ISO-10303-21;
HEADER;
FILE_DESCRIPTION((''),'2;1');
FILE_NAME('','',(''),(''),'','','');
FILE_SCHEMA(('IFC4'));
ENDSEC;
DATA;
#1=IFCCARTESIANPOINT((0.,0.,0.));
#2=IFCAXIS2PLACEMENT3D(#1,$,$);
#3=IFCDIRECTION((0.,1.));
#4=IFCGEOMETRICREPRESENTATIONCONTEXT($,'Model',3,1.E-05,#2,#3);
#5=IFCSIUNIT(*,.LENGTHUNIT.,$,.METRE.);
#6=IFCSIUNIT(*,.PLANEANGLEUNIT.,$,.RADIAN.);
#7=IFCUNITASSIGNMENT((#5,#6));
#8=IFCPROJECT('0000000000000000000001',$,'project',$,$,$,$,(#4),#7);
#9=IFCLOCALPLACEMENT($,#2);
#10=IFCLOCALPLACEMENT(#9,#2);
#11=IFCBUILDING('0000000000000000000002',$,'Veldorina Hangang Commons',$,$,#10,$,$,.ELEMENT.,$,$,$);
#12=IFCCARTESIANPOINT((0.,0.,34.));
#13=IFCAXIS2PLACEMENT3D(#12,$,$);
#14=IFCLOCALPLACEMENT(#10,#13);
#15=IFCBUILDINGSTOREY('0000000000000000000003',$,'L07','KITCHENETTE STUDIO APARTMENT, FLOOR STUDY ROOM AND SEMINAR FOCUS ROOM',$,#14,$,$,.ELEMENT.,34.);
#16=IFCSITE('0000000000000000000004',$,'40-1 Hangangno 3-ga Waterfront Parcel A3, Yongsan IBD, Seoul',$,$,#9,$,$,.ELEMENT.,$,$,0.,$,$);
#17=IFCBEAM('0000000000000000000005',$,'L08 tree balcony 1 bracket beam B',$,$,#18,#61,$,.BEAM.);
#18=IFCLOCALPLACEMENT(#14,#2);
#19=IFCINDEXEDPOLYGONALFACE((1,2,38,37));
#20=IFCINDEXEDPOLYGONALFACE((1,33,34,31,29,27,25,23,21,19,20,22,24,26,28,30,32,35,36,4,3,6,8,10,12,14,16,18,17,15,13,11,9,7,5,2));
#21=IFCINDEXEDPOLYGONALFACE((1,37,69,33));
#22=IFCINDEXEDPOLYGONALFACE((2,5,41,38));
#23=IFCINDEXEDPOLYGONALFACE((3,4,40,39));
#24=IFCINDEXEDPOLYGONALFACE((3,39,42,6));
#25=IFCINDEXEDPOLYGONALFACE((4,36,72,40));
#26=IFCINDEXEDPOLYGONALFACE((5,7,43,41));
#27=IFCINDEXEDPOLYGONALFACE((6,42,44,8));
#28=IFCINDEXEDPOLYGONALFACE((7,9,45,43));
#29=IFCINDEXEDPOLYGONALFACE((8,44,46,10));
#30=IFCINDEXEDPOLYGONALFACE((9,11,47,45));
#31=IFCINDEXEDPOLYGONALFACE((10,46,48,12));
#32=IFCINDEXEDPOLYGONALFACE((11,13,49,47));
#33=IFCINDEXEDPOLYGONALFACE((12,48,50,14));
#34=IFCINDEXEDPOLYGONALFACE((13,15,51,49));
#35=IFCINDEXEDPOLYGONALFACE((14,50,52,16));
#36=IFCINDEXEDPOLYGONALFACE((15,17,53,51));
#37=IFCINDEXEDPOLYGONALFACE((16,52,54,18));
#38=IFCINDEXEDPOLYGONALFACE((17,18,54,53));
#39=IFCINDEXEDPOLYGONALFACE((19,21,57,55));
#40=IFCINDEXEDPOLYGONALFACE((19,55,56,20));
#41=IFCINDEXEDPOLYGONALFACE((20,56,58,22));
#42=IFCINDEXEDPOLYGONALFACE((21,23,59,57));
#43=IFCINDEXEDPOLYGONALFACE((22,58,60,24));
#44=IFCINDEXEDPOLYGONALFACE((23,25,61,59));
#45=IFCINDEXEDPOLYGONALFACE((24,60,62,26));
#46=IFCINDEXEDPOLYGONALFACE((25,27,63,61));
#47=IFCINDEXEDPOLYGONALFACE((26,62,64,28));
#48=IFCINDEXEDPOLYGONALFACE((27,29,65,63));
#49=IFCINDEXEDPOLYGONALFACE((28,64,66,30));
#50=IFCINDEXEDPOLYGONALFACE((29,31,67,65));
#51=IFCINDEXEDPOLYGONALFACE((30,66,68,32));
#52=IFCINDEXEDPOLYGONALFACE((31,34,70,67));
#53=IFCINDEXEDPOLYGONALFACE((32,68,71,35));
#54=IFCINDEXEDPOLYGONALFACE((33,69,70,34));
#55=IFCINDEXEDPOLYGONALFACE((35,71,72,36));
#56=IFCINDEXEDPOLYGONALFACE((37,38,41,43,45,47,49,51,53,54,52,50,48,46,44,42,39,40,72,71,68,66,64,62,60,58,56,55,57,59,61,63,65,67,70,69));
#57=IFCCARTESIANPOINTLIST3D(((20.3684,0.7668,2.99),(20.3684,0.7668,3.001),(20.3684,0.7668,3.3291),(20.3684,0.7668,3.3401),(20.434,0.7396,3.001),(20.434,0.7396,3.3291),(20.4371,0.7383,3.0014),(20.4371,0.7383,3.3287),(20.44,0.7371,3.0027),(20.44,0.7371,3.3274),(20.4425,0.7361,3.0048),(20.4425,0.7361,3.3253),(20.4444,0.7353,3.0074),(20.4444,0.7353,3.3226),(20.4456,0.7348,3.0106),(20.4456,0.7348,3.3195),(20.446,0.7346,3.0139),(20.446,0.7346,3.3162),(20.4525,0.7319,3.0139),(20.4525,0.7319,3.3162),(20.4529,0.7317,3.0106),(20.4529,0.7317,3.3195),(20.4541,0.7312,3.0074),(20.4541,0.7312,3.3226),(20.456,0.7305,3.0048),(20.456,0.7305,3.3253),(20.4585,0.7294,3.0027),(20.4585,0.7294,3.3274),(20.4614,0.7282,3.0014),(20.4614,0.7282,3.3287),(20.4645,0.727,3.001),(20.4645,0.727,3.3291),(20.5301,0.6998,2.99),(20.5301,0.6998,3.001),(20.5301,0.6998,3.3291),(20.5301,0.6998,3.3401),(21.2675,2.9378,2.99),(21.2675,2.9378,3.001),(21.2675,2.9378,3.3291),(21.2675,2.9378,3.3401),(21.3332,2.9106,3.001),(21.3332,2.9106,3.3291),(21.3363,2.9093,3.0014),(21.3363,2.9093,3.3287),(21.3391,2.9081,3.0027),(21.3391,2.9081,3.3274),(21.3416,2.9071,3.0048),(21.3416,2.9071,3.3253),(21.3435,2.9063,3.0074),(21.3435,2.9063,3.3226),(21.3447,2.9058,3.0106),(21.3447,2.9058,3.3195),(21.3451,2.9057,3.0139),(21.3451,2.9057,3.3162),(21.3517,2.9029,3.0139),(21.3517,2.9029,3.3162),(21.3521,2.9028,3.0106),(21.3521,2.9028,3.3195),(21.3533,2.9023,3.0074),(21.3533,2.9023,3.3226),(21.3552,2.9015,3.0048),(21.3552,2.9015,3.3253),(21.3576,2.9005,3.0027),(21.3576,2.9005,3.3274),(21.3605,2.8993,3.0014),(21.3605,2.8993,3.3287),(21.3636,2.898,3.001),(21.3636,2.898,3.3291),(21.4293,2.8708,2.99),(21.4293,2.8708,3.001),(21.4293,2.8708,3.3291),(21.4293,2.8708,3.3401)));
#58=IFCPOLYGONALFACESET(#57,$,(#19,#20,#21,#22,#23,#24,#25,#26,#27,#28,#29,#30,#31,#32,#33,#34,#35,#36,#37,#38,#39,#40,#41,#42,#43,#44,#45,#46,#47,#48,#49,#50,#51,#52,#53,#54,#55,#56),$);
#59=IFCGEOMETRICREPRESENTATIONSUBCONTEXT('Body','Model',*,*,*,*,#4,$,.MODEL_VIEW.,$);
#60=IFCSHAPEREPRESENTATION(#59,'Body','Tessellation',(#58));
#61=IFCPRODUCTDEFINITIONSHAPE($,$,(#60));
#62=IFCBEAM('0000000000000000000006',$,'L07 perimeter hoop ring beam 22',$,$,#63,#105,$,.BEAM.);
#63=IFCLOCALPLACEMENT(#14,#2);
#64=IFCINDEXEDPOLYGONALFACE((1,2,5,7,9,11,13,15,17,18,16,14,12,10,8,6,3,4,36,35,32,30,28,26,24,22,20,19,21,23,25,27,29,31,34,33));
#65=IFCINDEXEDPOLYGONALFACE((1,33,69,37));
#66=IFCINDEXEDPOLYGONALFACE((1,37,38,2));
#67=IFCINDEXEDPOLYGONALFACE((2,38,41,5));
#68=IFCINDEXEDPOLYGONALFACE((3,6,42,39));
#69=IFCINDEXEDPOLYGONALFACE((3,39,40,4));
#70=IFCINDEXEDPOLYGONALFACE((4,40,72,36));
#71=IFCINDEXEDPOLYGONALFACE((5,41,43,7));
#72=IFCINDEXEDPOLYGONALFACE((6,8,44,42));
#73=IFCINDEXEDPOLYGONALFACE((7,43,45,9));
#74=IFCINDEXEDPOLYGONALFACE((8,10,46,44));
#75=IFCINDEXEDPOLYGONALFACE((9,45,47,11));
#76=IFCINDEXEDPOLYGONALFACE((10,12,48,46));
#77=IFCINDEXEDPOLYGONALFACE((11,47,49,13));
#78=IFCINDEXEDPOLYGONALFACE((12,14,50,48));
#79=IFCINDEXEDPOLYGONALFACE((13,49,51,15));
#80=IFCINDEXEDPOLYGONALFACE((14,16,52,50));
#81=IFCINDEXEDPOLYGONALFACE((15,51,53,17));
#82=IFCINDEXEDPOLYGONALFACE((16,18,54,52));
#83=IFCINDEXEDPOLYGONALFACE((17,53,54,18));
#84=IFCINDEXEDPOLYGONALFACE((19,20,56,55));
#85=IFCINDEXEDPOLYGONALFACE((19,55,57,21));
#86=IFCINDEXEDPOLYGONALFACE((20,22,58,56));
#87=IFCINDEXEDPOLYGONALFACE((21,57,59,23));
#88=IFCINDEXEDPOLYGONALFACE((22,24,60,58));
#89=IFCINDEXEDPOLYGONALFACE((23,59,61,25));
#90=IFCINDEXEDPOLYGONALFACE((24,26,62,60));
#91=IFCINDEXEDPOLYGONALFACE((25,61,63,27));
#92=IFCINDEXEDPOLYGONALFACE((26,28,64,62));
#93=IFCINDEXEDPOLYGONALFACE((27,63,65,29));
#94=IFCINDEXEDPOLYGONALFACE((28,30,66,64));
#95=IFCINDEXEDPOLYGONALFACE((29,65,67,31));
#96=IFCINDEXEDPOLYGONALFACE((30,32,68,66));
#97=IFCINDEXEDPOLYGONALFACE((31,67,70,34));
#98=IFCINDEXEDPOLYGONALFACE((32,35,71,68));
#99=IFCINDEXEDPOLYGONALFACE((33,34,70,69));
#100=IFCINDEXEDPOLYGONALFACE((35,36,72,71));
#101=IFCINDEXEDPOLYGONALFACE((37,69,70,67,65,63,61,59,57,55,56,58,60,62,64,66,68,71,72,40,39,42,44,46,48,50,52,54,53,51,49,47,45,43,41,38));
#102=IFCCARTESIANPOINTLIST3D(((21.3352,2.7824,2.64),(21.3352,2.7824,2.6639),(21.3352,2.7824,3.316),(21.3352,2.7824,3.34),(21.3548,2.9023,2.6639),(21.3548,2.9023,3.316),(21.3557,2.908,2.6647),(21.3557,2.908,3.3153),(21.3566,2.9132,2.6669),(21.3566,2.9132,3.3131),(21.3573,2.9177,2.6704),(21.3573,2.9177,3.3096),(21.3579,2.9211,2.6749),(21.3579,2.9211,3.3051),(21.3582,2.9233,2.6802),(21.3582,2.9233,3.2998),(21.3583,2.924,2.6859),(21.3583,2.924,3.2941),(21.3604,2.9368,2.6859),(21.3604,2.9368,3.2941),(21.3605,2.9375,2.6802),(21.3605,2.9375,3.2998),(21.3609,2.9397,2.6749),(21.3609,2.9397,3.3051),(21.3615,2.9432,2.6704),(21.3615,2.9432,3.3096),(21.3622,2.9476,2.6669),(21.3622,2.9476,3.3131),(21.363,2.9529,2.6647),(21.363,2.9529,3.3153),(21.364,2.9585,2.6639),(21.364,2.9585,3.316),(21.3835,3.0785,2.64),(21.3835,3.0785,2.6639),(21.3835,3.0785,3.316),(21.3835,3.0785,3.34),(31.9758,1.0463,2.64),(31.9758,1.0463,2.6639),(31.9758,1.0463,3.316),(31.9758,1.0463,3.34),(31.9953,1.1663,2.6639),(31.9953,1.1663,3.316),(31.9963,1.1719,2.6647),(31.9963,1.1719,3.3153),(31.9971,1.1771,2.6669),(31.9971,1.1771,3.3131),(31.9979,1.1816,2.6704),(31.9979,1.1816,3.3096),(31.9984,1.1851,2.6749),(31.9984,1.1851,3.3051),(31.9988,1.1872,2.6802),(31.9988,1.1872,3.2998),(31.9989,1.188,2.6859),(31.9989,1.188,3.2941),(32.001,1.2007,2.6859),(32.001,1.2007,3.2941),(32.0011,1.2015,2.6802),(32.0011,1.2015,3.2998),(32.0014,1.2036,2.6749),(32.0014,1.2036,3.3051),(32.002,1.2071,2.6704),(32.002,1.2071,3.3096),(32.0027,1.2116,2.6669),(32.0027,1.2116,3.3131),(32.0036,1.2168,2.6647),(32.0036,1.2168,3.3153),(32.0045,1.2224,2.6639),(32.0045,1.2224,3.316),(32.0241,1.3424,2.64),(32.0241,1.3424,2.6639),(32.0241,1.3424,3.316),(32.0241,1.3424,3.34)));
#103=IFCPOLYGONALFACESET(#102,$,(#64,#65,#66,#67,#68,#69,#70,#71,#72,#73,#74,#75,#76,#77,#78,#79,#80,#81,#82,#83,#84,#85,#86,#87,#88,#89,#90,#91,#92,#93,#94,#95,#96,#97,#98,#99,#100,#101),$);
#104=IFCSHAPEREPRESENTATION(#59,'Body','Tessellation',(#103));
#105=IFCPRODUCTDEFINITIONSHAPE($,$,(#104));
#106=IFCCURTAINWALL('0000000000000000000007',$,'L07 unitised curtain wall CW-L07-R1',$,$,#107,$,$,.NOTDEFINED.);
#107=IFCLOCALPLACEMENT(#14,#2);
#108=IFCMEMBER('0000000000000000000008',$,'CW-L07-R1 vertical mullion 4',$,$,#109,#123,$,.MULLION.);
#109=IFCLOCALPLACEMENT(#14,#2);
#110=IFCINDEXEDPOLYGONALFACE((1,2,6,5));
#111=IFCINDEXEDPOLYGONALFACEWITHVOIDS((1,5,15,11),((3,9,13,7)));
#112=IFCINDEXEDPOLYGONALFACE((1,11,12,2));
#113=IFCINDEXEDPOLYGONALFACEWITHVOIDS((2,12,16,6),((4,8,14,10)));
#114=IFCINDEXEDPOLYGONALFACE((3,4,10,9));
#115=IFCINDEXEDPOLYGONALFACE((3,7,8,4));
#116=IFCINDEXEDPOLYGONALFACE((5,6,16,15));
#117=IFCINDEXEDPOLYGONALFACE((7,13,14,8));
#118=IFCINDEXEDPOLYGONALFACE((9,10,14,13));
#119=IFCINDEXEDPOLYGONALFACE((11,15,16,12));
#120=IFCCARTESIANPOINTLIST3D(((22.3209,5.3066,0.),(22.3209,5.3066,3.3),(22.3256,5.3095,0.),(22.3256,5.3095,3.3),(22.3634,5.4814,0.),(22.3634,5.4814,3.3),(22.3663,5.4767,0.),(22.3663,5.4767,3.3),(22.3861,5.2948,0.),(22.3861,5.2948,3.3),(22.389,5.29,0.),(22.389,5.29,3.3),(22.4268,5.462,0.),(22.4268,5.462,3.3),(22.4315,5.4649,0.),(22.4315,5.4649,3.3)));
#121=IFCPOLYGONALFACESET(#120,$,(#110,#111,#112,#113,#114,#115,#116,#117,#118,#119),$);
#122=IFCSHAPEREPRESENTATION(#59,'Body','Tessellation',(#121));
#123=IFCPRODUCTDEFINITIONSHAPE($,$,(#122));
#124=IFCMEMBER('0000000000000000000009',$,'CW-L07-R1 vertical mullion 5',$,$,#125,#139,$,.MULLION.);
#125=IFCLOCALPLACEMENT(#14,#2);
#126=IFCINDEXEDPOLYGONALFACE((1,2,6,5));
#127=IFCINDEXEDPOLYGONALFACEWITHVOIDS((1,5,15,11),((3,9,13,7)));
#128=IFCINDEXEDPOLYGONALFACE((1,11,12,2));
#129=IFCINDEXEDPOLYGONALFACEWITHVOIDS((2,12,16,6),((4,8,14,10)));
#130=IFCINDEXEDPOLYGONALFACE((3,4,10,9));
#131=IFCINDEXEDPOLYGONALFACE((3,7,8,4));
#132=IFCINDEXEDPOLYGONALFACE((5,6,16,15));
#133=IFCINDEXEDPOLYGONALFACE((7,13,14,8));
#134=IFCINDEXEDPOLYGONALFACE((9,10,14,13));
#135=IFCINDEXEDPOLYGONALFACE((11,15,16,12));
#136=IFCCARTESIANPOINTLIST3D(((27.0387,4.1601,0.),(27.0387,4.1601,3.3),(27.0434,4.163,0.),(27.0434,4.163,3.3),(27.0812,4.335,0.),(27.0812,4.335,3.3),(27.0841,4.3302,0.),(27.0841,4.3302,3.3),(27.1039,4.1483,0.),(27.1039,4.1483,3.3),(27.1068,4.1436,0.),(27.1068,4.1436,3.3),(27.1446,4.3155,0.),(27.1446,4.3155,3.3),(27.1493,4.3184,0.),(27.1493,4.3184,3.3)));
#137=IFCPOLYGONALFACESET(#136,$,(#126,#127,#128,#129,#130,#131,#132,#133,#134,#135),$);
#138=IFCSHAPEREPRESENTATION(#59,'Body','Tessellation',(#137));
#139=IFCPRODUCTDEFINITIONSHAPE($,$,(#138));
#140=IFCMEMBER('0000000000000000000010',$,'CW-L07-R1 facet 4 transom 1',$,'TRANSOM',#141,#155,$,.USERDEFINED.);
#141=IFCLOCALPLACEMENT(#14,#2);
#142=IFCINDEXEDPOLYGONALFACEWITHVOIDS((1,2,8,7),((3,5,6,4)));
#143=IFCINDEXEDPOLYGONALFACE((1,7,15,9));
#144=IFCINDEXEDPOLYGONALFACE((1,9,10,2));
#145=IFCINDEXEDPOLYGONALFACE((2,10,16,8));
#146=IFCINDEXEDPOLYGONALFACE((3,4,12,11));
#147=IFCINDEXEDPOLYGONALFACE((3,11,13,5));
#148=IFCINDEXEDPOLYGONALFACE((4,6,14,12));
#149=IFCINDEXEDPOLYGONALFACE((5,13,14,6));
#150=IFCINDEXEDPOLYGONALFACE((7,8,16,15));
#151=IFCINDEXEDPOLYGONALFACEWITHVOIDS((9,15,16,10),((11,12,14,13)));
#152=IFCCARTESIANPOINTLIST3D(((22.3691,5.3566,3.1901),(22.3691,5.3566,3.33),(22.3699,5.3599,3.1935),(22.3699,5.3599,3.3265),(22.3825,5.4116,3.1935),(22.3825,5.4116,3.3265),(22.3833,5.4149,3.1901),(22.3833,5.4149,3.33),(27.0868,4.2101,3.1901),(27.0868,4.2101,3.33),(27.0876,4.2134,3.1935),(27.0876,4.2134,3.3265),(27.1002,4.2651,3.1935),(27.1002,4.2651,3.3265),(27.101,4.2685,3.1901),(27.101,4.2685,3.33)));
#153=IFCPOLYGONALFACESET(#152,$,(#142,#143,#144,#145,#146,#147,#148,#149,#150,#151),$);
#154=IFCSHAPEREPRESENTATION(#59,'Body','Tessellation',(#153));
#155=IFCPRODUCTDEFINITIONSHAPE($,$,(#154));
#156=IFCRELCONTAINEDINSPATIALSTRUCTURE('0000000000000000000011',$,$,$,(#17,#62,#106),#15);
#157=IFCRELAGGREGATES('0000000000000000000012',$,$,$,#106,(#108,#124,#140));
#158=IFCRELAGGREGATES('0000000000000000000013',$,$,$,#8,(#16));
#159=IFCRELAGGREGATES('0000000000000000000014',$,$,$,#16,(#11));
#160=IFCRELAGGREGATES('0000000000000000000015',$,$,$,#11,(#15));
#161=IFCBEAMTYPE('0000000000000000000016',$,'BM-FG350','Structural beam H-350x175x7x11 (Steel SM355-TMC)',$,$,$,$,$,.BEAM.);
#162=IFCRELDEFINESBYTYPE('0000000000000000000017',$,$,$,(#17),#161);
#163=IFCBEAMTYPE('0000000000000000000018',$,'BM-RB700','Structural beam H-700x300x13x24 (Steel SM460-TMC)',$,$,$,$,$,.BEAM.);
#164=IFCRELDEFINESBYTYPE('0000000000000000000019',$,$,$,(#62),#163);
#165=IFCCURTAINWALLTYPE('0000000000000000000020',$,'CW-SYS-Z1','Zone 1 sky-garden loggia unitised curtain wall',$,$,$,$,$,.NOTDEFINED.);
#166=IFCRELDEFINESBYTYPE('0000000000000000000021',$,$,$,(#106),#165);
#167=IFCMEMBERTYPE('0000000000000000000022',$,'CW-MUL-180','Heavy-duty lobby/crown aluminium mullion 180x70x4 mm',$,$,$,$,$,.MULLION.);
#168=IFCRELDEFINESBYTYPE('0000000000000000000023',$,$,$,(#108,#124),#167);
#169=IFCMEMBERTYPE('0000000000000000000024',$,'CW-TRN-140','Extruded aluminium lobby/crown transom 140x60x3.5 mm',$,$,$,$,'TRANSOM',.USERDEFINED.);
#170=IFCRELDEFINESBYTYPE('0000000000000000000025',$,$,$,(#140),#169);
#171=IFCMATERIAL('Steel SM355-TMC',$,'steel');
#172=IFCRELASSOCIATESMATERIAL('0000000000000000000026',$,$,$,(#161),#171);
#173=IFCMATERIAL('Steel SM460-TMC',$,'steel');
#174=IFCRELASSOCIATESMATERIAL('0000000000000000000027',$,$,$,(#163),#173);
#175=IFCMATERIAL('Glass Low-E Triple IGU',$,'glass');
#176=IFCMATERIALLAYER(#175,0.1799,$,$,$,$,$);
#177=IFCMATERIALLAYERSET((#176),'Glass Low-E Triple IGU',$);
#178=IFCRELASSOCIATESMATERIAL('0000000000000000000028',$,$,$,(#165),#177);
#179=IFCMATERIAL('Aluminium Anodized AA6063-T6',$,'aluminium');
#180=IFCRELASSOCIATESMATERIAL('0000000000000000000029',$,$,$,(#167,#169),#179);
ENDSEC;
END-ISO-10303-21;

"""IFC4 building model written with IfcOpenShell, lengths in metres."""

from ifc_helpers import new_model, si_unit, direction, frame, origin, origin_2d, place, context, subcontext, project, spatial, hollow_rectangle, i_section, extrude, material, layer, layer_set, material_profile, profile_set, type_object, element, aggregate, save


model = new_model("IFC4")

# Units and contexts
model_context = context("Model", 3, precision=1e-05, world=origin(), true_north=direction((0.0, 1.0)))
body_context = subcontext(model_context, "Body", "Model", "MODEL_VIEW")
ifc_project = project(units=[si_unit("LENGTHUNIT", "METRE"), si_unit("PLANEANGLEUNIT", "RADIAN")], contexts=[model_context])

# Site, building, storey
site_placement = place(None, origin())
site = spatial("IfcSite", under=ifc_project, at=site_placement, Name="40-1 Hangangno 3-ga Waterfront Parcel A3, Yongsan IBD, Seoul", CompositionType="ELEMENT", RefElevation=0.0)
building_placement = place(site_placement, origin())
building = spatial("IfcBuilding", under=site, at=building_placement, Name="Veldorina Hangang Commons", CompositionType="ELEMENT")
storey_placement = place(building_placement, frame((0.0, 0.0, 34.0)))
storey = spatial("IfcBuildingStorey", under=building, at=storey_placement, Name="L07", Description="KITCHENETTE STUDIO APARTMENT, FLOOR STUDY ROOM AND SEMINAR FOCUS ROOM", CompositionType="ELEMENT", Elevation=34.0)

# Beams
ifc_material_1 = material(Name="Steel SM355-TMC", Category="steel")
ifc_material_profile_1 = material_profile(ifc_material_1, i_section(OverallWidth=0.175, OverallDepth=0.3501, WebThickness=0.0071, FlangeThickness=0.011, FilletRadius=0.0129, at=origin_2d()), Name="H-350x175x7x11")
ifc_profile_set_1 = profile_set([ifc_material_profile_1], Name="Steel SM355-TMC")
beam_type_1 = type_object("IfcBeamType", Name="BM-FG350", Description="Structural beam H-350x175x7x11 (Steel SM355-TMC)", PredefinedType="BEAM", material=ifc_profile_set_1)
beam_1_placement = place(storey_placement, frame((21.3484, 2.9043, 3.165), z_axis=(-0.38263, -0.923902, 0.0), x_axis=(0.923902, -0.38263, 0.0)))
element("IfcBeam", 1, at=beam_1_placement, inside=storey, type_object=beam_type_1, Name="L08 tree balcony 1 bracket beam B", PredefinedType="BEAM", context=body_context, shape_type="SweptSolid", body=[
    extrude(i_section(OverallWidth=0.175, OverallDepth=0.3501, WebThickness=0.0071, FlangeThickness=0.011, FilletRadius=0.0129, at=origin_2d()), origin(), (0.0, 0.0, 1.0), 2.3499),
])
ifc_material_2 = material(Name="Steel SM460-TMC", Category="steel")
ifc_material_profile_2 = material_profile(ifc_material_2, i_section(OverallWidth=0.3, OverallDepth=0.7, WebThickness=0.0129, FlangeThickness=0.0239, FilletRadius=0.022, at=origin_2d()), Name="H-700x300x13x24")
ifc_profile_set_2 = profile_set([ifc_material_profile_2], Name="Steel SM460-TMC")
beam_type_2 = type_object("IfcBeamType", Name="BM-RB700", Description="Structural beam H-700x300x13x24 (Steel SM460-TMC)", PredefinedType="BEAM", material=ifc_profile_set_2)
beam_2_placement = place(storey_placement, frame((21.3594, 2.9304, 2.99), z_axis=(0.98695, -0.161027, 0.0), x_axis=(0.161027, 0.98695, 0.0)))
element("IfcBeam", 2, at=beam_2_placement, inside=storey, type_object=beam_type_2, Name="L07 perimeter hoop ring beam 22", PredefinedType="BEAM", context=body_context, shape_type="SweptSolid", body=[
    extrude(i_section(OverallWidth=0.3, OverallDepth=0.7, WebThickness=0.0129, FlangeThickness=0.0239, FilletRadius=0.022, at=origin_2d()), origin(), (0.0, 0.0, 1.0), 10.7812),
])

# Curtain wall, members
ifc_material_3 = material(Name="Glass Low-E Triple IGU", Category="glass")
ifc_layer_1 = layer(ifc_material_3, 0.1799)
ifc_layer_set_1 = layer_set([ifc_layer_1], Name="Glass Low-E Triple IGU")
curtain_wall_type = type_object("IfcCurtainWallType", Name="CW-SYS-Z1", Description="Zone 1 sky-garden loggia unitised curtain wall", PredefinedType="NOTDEFINED", material=ifc_layer_set_1)
curtain_wall_placement = place(storey_placement, origin())
curtain_wall = element("IfcCurtainWall", 3, at=curtain_wall_placement, inside=storey, type_object=curtain_wall_type, Name="L07 unitised curtain wall CW-L07-R1", PredefinedType="NOTDEFINED")
ifc_material_4 = material(Name="Aluminium Anodized AA6063-T6", Category="aluminium")
ifc_material_profile_3 = material_profile(ifc_material_4, hollow_rectangle(XDim=0.0701, YDim=0.1799, WallThickness=0.0039, at=origin_2d()), Name="ALU-RHS-180x70x4")
ifc_profile_set_3 = profile_set([ifc_material_profile_3], Name="Aluminium Anodized AA6063-T6")
member_type_1 = type_object("IfcMemberType", Name="CW-MUL-180", Description="Heavy-duty lobby/crown aluminium mullion 180x70x4 mm", PredefinedType="MULLION", material=ifc_profile_set_3)
member_1_placement = place(storey_placement, frame((22.3762, 5.3857, 0.0), z_axis=(0.0, 0.0, 1.0), x_axis=(0.97171, -0.236177, 0.0)))
member_1 = element("IfcMember", 4, at=member_1_placement, type_object=member_type_1, Name="CW-L07-R1 vertical mullion 4", PredefinedType="MULLION", context=body_context, shape_type="SweptSolid", body=[
    extrude(hollow_rectangle(XDim=0.0701, YDim=0.1799, WallThickness=0.0039, at=origin_2d()), origin(), (0.0, 0.0, 1.0), 3.3),
])
member_2_placement = place(storey_placement, frame((27.094, 4.2393, 0.0), z_axis=(0.0, 0.0, 1.0), x_axis=(-0.97171, 0.236177, 0.0)))
member_2 = element("IfcMember", 5, at=member_2_placement, type_object=member_type_1, Name="CW-L07-R1 vertical mullion 5", PredefinedType="MULLION", context=body_context, shape_type="SweptSolid", body=[
    extrude(hollow_rectangle(XDim=0.0701, YDim=0.1799, WallThickness=0.0039, at=origin_2d()), origin(), (0.0, 0.0, 1.0), 3.3),
])
ifc_material_profile_4 = material_profile(ifc_material_4, hollow_rectangle(XDim=0.0601, YDim=0.1399, WallThickness=0.0034, at=origin_2d()), Name="ALU-RHS-140x60x3.5")
ifc_profile_set_4 = profile_set([ifc_material_profile_4], Name="Aluminium Anodized AA6063-T6")
member_type_2 = type_object("IfcMemberType", Name="CW-TRN-140", Description="Extruded aluminium lobby/crown transom 140x60x3.5 mm", ElementType="TRANSOM", PredefinedType="USERDEFINED", material=ifc_profile_set_4)
member_3_placement = place(storey_placement, frame((22.3762, 5.3857, 3.26), z_axis=(0.971719, -0.236141, 0.0), x_axis=(0.236141, 0.971719, 0.0)))
member_3 = element("IfcMember", 6, at=member_3_placement, type_object=member_type_2, Name="CW-L07-R1 facet 4 transom 1", ObjectType="TRANSOM", PredefinedType="USERDEFINED", context=body_context, shape_type="SweptSolid", body=[
    extrude(hollow_rectangle(XDim=0.0601, YDim=0.1399, WallThickness=0.0034, at=origin_2d()), origin(), (0.0, 0.0, 1.0), 4.855),
])

aggregate(curtain_wall, [member_1, member_2, member_3])

save(model, "model.ifc")
